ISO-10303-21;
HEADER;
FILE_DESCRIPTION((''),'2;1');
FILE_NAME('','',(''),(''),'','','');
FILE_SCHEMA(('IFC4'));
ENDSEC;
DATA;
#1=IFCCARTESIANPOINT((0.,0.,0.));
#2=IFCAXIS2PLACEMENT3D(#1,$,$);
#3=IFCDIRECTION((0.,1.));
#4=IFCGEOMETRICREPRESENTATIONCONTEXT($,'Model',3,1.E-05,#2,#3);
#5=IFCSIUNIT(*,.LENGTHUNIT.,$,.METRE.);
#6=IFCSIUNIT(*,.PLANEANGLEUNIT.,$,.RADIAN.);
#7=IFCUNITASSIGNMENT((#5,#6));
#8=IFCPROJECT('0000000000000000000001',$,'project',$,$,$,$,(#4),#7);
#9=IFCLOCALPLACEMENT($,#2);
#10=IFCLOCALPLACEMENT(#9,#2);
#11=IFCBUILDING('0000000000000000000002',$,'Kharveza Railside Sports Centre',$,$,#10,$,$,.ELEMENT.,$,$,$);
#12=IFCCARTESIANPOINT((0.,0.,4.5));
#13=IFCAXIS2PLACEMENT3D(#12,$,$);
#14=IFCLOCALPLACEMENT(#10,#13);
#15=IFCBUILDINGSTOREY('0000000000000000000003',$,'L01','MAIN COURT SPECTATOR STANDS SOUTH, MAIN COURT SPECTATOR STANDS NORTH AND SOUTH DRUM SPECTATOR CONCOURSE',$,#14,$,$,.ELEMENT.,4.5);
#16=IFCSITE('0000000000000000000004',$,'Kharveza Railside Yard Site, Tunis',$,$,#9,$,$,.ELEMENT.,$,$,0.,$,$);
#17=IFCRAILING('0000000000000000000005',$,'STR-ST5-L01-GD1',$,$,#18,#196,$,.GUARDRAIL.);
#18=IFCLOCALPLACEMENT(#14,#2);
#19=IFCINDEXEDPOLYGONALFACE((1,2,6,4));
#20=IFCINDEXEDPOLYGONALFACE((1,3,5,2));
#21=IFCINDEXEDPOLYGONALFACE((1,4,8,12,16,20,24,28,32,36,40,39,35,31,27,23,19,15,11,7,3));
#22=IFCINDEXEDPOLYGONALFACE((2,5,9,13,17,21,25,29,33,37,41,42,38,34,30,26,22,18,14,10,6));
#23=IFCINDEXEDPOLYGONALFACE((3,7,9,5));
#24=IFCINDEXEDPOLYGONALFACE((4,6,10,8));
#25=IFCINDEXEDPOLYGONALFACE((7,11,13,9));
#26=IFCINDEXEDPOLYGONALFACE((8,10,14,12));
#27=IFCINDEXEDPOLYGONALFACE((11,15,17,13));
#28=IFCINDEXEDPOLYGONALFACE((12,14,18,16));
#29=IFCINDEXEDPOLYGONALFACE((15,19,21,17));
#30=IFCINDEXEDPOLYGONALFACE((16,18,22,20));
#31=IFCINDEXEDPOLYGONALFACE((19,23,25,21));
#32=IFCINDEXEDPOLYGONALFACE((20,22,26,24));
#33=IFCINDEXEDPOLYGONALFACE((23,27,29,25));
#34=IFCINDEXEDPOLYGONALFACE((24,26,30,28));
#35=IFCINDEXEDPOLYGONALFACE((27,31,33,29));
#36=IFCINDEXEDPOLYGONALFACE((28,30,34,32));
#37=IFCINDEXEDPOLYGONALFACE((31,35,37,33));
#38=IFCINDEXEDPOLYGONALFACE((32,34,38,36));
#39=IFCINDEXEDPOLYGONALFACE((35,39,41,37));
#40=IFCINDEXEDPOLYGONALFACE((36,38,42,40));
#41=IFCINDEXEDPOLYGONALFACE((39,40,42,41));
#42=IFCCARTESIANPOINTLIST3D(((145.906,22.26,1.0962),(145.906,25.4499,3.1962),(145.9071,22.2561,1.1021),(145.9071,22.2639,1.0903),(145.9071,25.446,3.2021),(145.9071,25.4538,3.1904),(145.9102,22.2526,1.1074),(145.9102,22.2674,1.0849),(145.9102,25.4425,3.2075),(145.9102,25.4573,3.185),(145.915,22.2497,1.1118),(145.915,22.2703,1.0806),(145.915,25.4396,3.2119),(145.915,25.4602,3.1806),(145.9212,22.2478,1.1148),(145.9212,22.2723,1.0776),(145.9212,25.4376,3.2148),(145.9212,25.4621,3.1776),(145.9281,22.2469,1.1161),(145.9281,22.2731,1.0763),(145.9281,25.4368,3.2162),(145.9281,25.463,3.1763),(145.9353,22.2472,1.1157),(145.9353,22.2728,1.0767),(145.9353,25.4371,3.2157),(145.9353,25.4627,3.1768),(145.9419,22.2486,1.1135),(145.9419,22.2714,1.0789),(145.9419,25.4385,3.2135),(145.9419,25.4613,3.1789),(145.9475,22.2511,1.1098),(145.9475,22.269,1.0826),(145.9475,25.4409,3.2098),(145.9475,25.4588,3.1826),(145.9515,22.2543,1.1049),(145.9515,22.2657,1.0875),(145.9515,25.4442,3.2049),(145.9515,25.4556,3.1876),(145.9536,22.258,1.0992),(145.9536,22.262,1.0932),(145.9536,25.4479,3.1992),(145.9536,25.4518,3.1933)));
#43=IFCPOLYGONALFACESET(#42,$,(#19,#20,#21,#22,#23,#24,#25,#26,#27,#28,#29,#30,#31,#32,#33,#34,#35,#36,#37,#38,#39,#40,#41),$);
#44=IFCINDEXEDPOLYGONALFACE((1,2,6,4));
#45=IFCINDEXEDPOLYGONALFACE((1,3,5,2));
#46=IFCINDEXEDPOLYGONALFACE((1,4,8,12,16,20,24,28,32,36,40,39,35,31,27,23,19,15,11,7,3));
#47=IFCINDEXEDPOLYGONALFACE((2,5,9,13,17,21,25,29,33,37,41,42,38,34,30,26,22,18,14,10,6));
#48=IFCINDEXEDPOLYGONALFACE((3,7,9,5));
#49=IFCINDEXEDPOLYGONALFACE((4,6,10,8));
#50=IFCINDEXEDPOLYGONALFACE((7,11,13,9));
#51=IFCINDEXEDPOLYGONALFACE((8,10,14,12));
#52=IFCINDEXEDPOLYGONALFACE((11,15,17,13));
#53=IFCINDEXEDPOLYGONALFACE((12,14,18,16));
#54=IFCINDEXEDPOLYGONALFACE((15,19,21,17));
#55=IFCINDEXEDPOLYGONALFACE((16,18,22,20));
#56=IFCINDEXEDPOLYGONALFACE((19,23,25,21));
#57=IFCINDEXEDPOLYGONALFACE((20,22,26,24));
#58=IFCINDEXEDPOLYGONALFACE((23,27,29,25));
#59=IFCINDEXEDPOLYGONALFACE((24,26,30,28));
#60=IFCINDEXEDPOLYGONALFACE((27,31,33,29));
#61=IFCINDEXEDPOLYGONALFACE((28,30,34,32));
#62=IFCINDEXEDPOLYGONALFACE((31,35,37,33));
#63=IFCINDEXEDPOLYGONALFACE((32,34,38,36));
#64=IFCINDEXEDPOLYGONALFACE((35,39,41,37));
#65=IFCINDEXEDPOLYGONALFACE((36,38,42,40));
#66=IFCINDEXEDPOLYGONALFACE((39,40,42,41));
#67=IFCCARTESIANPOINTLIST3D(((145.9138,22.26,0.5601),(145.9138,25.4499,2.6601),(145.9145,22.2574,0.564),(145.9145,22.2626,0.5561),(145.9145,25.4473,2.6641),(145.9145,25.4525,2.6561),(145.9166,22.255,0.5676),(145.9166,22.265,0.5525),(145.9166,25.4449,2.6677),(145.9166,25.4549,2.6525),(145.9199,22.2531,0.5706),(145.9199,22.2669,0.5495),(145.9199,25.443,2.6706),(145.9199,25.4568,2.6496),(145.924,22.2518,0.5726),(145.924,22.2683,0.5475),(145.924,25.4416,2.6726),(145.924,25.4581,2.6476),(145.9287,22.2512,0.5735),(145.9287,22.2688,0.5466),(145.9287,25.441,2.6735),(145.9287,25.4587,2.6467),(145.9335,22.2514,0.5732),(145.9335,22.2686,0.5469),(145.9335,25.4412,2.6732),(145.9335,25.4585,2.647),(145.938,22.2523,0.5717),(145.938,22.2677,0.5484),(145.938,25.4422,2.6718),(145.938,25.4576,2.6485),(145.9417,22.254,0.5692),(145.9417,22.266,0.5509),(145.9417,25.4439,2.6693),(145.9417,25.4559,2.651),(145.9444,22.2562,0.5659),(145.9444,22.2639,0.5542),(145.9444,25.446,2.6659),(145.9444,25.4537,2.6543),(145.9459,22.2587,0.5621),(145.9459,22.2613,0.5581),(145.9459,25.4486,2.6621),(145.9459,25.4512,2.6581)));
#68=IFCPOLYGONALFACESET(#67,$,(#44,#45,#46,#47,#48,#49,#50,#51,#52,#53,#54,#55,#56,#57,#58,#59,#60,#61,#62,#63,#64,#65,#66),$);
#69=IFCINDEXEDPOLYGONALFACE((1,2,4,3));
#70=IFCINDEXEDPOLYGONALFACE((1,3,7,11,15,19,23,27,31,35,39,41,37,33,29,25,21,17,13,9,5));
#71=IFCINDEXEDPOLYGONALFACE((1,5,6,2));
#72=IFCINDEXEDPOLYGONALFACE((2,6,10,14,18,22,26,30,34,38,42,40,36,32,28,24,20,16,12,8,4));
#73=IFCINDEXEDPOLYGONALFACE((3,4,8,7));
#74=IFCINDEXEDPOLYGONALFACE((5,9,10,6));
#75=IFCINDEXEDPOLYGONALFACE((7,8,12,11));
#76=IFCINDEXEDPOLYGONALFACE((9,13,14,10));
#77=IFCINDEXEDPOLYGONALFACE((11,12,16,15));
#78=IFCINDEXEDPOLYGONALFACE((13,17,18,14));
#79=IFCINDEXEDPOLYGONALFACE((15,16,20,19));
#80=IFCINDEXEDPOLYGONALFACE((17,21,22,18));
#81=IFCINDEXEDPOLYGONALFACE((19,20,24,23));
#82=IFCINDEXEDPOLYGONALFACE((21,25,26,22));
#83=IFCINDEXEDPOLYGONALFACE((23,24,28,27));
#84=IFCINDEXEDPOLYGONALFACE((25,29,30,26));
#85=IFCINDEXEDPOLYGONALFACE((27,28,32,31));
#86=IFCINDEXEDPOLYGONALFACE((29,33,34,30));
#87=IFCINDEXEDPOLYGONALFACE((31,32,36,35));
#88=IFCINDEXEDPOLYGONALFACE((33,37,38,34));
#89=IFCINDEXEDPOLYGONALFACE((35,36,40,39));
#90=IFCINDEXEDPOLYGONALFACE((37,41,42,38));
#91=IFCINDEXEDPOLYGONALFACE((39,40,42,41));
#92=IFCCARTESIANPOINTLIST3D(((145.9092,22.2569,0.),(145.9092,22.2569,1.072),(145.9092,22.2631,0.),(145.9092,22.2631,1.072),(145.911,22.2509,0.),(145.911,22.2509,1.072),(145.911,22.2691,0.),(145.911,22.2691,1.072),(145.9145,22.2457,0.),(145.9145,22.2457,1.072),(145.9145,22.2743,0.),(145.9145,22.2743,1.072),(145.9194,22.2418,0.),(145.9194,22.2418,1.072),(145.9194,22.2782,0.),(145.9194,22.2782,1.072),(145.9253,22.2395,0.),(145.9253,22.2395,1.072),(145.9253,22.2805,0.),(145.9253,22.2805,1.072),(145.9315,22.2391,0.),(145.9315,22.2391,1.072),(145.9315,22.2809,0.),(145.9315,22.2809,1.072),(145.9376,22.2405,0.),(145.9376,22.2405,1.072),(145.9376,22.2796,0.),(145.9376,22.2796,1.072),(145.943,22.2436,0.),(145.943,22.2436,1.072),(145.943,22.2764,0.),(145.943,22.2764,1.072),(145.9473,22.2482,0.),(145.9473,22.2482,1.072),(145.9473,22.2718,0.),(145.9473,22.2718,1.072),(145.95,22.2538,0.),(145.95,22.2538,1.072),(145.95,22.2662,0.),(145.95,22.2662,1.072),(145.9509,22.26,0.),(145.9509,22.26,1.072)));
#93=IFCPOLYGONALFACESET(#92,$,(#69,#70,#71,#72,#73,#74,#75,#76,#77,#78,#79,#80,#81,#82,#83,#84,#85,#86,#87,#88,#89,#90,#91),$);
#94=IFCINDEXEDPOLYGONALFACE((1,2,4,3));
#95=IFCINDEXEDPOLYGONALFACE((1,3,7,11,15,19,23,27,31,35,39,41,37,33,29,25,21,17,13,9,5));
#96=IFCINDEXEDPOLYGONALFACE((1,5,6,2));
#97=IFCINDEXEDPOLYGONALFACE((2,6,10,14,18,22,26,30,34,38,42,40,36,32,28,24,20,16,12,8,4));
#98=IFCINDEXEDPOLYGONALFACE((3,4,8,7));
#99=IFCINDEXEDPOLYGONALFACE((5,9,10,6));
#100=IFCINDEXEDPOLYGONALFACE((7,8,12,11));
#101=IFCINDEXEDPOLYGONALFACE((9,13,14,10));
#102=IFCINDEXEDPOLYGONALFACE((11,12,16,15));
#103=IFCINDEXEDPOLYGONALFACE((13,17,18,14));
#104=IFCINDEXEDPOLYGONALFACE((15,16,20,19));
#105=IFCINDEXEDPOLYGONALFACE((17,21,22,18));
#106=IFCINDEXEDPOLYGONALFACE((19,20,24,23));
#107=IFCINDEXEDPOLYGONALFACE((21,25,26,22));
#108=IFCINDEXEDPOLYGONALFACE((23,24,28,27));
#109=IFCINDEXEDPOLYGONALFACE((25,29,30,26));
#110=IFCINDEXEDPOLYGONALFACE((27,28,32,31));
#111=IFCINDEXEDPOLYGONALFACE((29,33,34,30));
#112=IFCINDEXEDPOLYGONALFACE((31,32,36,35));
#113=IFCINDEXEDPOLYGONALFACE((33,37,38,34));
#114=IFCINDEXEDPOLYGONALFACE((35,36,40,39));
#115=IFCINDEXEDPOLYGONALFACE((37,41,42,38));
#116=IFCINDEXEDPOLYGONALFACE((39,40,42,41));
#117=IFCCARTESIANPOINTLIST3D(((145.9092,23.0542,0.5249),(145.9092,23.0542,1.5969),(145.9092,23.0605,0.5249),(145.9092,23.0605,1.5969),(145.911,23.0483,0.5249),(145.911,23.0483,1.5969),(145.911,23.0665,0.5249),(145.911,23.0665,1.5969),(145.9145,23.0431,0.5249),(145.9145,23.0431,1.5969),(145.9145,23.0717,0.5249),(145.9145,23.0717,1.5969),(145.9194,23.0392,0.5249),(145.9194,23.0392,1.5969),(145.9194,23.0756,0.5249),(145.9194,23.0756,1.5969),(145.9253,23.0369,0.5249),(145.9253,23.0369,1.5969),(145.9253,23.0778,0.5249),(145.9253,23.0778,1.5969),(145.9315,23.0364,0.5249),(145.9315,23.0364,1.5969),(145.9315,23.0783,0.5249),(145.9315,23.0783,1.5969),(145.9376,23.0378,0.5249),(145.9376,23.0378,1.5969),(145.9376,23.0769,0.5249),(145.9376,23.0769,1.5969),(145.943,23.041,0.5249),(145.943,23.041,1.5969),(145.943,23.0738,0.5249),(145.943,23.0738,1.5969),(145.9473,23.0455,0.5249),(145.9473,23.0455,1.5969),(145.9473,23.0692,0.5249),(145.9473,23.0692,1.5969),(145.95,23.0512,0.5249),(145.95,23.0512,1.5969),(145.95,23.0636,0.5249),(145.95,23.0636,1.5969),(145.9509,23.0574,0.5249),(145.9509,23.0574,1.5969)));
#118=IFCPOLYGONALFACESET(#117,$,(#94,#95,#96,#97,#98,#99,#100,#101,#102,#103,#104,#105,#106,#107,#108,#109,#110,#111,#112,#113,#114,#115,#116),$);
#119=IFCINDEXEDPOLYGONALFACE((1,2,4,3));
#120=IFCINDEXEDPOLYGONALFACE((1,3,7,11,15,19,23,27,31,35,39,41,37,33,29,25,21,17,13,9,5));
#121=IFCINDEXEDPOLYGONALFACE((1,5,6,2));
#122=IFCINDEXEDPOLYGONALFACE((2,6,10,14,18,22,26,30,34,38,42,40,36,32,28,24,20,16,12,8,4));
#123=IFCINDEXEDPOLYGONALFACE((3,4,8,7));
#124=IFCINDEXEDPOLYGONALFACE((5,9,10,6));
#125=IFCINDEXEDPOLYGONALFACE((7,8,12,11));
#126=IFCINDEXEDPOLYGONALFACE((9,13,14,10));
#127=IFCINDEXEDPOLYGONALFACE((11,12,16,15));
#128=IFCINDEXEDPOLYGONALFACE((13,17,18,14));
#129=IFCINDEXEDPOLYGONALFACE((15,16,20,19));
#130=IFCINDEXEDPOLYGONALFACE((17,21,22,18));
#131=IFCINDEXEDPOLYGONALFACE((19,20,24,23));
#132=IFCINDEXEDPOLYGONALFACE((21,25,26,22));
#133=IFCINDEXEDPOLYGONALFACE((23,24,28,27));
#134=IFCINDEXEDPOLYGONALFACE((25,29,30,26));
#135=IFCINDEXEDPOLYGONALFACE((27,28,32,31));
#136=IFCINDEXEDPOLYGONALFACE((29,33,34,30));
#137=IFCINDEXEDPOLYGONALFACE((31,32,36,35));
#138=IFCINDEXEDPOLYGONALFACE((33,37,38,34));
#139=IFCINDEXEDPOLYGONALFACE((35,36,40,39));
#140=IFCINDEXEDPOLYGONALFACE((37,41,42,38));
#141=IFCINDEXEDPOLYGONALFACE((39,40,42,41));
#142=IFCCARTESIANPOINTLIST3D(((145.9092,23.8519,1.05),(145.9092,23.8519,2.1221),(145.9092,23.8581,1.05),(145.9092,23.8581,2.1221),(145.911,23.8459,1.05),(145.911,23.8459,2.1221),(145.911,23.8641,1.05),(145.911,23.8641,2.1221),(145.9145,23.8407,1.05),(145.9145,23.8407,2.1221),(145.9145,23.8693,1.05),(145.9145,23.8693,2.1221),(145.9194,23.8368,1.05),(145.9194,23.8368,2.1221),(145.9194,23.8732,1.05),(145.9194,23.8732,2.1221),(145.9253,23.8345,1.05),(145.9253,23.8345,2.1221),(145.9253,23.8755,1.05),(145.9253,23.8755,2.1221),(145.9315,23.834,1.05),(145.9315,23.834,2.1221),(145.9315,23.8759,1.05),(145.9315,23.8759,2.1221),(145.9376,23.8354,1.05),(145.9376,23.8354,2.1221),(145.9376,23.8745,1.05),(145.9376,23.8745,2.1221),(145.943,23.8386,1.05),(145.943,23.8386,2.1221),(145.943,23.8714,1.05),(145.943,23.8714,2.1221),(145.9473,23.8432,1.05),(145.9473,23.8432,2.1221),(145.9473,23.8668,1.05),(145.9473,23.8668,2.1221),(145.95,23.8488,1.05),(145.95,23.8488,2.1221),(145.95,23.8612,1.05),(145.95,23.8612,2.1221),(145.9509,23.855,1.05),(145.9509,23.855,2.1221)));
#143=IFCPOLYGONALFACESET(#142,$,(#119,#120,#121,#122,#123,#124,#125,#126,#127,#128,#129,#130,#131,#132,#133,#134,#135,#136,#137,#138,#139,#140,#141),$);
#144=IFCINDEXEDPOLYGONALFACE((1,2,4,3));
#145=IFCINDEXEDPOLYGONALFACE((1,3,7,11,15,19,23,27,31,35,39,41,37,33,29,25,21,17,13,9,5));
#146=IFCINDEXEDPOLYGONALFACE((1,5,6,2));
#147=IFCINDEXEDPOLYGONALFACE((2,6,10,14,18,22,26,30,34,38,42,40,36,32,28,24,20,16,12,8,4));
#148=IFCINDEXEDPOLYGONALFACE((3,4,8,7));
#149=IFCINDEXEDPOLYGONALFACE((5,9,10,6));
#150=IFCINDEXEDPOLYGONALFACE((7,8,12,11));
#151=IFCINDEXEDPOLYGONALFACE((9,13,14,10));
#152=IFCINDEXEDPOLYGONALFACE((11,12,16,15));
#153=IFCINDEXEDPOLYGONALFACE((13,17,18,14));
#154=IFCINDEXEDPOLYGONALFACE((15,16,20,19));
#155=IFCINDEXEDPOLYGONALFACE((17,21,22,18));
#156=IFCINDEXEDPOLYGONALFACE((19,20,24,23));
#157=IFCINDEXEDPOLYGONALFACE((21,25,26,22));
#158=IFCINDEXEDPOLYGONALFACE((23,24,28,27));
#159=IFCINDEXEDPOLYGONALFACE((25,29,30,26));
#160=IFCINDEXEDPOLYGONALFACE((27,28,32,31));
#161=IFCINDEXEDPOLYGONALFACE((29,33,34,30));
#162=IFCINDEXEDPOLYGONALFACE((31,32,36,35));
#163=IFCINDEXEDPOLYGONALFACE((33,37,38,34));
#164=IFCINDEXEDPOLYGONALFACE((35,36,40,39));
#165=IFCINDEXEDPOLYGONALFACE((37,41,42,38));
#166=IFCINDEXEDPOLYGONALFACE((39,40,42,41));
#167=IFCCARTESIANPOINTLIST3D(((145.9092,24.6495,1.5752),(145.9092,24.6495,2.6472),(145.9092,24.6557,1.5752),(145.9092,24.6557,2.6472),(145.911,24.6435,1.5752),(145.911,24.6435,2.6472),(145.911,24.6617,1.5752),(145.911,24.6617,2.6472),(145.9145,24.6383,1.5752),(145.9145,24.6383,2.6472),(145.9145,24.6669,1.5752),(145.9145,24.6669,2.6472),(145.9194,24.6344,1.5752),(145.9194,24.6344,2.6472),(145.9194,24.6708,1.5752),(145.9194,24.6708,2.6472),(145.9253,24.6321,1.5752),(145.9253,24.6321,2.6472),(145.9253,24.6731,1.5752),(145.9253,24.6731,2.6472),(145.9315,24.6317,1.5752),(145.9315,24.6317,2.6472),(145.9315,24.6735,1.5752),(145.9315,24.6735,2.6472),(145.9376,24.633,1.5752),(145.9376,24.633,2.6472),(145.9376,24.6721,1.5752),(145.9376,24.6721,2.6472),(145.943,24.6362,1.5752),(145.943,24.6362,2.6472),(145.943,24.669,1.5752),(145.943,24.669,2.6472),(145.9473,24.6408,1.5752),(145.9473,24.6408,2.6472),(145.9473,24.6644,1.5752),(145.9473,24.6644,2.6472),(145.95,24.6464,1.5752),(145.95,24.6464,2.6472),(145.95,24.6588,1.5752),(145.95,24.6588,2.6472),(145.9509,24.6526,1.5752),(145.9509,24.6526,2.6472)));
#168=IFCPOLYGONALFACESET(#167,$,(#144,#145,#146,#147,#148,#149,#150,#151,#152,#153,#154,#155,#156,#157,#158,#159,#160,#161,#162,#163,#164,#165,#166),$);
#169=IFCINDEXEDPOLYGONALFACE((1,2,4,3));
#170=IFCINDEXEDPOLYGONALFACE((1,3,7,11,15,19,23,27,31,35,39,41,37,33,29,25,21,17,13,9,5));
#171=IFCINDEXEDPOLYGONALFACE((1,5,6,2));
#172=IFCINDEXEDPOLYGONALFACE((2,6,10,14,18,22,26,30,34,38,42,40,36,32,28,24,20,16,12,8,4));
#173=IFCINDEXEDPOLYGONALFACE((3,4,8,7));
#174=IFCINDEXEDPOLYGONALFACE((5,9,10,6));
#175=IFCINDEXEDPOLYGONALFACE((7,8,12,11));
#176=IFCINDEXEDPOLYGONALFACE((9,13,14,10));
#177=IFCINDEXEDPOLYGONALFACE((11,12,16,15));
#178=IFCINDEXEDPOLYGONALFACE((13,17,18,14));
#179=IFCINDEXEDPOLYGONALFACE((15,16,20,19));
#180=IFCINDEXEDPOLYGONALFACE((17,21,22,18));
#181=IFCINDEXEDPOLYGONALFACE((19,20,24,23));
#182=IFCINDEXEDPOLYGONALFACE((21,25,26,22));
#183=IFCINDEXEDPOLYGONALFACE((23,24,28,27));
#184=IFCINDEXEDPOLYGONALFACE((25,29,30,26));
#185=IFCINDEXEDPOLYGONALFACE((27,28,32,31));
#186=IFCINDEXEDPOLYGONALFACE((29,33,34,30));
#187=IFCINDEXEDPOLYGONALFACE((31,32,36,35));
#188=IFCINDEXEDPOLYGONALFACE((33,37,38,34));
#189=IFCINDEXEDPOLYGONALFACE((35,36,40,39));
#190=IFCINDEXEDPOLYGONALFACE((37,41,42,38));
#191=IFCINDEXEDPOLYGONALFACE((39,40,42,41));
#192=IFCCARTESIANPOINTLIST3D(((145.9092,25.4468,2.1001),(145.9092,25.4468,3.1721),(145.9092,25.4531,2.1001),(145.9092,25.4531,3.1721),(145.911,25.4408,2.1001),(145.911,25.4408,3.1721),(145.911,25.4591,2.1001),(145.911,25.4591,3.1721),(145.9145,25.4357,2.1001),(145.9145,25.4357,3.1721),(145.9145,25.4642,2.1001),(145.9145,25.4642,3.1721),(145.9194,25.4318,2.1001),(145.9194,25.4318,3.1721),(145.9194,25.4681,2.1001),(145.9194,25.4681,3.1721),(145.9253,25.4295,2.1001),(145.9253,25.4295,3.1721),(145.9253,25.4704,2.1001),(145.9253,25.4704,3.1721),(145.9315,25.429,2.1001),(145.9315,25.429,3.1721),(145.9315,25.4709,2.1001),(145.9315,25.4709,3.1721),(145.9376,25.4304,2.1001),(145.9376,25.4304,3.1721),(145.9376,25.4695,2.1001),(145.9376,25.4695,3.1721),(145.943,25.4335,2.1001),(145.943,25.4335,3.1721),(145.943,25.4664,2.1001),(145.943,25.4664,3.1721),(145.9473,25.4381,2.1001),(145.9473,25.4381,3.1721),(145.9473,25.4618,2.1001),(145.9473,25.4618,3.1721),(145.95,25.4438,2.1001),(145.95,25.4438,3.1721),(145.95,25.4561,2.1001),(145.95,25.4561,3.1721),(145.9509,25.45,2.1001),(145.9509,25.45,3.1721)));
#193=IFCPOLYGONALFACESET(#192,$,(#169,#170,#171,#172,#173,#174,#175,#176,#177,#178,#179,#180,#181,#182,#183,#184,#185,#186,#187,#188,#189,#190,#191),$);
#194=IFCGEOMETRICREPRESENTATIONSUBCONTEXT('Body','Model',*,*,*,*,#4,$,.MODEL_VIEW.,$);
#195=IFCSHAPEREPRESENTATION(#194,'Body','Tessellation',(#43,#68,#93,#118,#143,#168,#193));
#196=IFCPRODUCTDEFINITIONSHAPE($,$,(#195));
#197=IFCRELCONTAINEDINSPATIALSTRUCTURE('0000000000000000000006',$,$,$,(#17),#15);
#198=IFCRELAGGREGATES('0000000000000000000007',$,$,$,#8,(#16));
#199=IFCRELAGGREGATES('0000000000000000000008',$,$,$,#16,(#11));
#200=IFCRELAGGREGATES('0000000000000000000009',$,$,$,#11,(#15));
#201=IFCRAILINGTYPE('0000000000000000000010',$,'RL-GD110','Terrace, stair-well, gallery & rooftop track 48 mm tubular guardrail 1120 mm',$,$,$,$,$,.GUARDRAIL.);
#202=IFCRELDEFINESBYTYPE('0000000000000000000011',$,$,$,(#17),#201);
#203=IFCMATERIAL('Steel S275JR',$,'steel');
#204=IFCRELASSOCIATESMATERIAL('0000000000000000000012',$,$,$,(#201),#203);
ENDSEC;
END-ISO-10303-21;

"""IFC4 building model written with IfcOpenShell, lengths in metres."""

from ifc_helpers import new_model, si_unit, direction, frame, origin, origin_2d, place, context, subcontext, project, spatial, circle, extrude, material, type_object, element, save


model = new_model("IFC4")

# Units and contexts
model_context = context("Model", 3, precision=1e-05, world=origin(), true_north=direction((0.0, 1.0)))
body_context = subcontext(model_context, "Body", "Model", "MODEL_VIEW")
ifc_project = project(units=[si_unit("LENGTHUNIT", "METRE"), si_unit("PLANEANGLEUNIT", "RADIAN")], contexts=[model_context])

# Site, building, storey
site_placement = place(None, origin())
site = spatial("IfcSite", under=ifc_project, at=site_placement, Name="Kharveza Railside Yard Site, Tunis", CompositionType="ELEMENT", RefElevation=0.0)
building_placement = place(site_placement, origin())
building = spatial("IfcBuilding", under=site, at=building_placement, Name="Kharveza Railside Sports Centre", CompositionType="ELEMENT")
storey_placement = place(building_placement, frame((0.0, 0.0, 4.5)))
storey = spatial("IfcBuildingStorey", under=building, at=storey_placement, Name="L01", Description="MAIN COURT SPECTATOR STANDS SOUTH, MAIN COURT SPECTATOR STANDS NORTH AND SOUTH DRUM SPECTATOR CONCOURSE", CompositionType="ELEMENT", Elevation=4.5)

# Railing
ifc_material_1 = material(Name="Steel S275JR", Category="steel")
railing_type_1 = type_object("IfcRailingType", Name="RL-GD110", Description="Terrace, stair-well, gallery & rooftop track 48 mm tubular guardrail 1120 mm", PredefinedType="GUARDRAIL", material=ifc_material_1)
railing_1_placement = place(storey_placement, frame((145.9299, 22.26, 0.0)))
element("IfcRailing", 1, at=railing_1_placement, inside=storey, type_object=railing_type_1, Name="STR-ST5-L01-GD1", PredefinedType="GUARDRAIL", context=body_context, shape_type="SweptSolid", body=[
    extrude(circle(Radius=0.0239, at=origin_2d()), frame((0.0, 0.0, 1.0962), z_axis=(0.0, 0.835242, 0.549882), x_axis=(-1.0, 0.0, 0.0)), (0.0, 0.0, 1.0), 3.8191),
    extrude(circle(Radius=0.0161, at=origin_2d()), frame((0.0, 0.0, 0.5601), z_axis=(0.0, 0.835242, 0.549882), x_axis=(-1.0, 0.0, 0.0)), (0.0, 0.0, 1.0), 3.8191),
    extrude(circle(Radius=0.021, at=origin_2d()), origin(), (0.0, 0.0, 1.0), 1.072),
    extrude(circle(Radius=0.021, at=origin_2d()), frame((0.0, 0.7974, 0.5249)), (0.0, 0.0, 1.0), 1.072),
    extrude(circle(Radius=0.021, at=origin_2d()), frame((0.0, 1.595, 1.05)), (0.0, 0.0, 1.0), 1.072),
    extrude(circle(Radius=0.021, at=origin_2d()), frame((0.0, 2.3926, 1.5752)), (0.0, 0.0, 1.0), 1.072),
    extrude(circle(Radius=0.021, at=origin_2d()), frame((0.0, 3.1899, 2.1001)), (0.0, 0.0, 1.0), 1.072),
])

save(model, "model.ifc")
